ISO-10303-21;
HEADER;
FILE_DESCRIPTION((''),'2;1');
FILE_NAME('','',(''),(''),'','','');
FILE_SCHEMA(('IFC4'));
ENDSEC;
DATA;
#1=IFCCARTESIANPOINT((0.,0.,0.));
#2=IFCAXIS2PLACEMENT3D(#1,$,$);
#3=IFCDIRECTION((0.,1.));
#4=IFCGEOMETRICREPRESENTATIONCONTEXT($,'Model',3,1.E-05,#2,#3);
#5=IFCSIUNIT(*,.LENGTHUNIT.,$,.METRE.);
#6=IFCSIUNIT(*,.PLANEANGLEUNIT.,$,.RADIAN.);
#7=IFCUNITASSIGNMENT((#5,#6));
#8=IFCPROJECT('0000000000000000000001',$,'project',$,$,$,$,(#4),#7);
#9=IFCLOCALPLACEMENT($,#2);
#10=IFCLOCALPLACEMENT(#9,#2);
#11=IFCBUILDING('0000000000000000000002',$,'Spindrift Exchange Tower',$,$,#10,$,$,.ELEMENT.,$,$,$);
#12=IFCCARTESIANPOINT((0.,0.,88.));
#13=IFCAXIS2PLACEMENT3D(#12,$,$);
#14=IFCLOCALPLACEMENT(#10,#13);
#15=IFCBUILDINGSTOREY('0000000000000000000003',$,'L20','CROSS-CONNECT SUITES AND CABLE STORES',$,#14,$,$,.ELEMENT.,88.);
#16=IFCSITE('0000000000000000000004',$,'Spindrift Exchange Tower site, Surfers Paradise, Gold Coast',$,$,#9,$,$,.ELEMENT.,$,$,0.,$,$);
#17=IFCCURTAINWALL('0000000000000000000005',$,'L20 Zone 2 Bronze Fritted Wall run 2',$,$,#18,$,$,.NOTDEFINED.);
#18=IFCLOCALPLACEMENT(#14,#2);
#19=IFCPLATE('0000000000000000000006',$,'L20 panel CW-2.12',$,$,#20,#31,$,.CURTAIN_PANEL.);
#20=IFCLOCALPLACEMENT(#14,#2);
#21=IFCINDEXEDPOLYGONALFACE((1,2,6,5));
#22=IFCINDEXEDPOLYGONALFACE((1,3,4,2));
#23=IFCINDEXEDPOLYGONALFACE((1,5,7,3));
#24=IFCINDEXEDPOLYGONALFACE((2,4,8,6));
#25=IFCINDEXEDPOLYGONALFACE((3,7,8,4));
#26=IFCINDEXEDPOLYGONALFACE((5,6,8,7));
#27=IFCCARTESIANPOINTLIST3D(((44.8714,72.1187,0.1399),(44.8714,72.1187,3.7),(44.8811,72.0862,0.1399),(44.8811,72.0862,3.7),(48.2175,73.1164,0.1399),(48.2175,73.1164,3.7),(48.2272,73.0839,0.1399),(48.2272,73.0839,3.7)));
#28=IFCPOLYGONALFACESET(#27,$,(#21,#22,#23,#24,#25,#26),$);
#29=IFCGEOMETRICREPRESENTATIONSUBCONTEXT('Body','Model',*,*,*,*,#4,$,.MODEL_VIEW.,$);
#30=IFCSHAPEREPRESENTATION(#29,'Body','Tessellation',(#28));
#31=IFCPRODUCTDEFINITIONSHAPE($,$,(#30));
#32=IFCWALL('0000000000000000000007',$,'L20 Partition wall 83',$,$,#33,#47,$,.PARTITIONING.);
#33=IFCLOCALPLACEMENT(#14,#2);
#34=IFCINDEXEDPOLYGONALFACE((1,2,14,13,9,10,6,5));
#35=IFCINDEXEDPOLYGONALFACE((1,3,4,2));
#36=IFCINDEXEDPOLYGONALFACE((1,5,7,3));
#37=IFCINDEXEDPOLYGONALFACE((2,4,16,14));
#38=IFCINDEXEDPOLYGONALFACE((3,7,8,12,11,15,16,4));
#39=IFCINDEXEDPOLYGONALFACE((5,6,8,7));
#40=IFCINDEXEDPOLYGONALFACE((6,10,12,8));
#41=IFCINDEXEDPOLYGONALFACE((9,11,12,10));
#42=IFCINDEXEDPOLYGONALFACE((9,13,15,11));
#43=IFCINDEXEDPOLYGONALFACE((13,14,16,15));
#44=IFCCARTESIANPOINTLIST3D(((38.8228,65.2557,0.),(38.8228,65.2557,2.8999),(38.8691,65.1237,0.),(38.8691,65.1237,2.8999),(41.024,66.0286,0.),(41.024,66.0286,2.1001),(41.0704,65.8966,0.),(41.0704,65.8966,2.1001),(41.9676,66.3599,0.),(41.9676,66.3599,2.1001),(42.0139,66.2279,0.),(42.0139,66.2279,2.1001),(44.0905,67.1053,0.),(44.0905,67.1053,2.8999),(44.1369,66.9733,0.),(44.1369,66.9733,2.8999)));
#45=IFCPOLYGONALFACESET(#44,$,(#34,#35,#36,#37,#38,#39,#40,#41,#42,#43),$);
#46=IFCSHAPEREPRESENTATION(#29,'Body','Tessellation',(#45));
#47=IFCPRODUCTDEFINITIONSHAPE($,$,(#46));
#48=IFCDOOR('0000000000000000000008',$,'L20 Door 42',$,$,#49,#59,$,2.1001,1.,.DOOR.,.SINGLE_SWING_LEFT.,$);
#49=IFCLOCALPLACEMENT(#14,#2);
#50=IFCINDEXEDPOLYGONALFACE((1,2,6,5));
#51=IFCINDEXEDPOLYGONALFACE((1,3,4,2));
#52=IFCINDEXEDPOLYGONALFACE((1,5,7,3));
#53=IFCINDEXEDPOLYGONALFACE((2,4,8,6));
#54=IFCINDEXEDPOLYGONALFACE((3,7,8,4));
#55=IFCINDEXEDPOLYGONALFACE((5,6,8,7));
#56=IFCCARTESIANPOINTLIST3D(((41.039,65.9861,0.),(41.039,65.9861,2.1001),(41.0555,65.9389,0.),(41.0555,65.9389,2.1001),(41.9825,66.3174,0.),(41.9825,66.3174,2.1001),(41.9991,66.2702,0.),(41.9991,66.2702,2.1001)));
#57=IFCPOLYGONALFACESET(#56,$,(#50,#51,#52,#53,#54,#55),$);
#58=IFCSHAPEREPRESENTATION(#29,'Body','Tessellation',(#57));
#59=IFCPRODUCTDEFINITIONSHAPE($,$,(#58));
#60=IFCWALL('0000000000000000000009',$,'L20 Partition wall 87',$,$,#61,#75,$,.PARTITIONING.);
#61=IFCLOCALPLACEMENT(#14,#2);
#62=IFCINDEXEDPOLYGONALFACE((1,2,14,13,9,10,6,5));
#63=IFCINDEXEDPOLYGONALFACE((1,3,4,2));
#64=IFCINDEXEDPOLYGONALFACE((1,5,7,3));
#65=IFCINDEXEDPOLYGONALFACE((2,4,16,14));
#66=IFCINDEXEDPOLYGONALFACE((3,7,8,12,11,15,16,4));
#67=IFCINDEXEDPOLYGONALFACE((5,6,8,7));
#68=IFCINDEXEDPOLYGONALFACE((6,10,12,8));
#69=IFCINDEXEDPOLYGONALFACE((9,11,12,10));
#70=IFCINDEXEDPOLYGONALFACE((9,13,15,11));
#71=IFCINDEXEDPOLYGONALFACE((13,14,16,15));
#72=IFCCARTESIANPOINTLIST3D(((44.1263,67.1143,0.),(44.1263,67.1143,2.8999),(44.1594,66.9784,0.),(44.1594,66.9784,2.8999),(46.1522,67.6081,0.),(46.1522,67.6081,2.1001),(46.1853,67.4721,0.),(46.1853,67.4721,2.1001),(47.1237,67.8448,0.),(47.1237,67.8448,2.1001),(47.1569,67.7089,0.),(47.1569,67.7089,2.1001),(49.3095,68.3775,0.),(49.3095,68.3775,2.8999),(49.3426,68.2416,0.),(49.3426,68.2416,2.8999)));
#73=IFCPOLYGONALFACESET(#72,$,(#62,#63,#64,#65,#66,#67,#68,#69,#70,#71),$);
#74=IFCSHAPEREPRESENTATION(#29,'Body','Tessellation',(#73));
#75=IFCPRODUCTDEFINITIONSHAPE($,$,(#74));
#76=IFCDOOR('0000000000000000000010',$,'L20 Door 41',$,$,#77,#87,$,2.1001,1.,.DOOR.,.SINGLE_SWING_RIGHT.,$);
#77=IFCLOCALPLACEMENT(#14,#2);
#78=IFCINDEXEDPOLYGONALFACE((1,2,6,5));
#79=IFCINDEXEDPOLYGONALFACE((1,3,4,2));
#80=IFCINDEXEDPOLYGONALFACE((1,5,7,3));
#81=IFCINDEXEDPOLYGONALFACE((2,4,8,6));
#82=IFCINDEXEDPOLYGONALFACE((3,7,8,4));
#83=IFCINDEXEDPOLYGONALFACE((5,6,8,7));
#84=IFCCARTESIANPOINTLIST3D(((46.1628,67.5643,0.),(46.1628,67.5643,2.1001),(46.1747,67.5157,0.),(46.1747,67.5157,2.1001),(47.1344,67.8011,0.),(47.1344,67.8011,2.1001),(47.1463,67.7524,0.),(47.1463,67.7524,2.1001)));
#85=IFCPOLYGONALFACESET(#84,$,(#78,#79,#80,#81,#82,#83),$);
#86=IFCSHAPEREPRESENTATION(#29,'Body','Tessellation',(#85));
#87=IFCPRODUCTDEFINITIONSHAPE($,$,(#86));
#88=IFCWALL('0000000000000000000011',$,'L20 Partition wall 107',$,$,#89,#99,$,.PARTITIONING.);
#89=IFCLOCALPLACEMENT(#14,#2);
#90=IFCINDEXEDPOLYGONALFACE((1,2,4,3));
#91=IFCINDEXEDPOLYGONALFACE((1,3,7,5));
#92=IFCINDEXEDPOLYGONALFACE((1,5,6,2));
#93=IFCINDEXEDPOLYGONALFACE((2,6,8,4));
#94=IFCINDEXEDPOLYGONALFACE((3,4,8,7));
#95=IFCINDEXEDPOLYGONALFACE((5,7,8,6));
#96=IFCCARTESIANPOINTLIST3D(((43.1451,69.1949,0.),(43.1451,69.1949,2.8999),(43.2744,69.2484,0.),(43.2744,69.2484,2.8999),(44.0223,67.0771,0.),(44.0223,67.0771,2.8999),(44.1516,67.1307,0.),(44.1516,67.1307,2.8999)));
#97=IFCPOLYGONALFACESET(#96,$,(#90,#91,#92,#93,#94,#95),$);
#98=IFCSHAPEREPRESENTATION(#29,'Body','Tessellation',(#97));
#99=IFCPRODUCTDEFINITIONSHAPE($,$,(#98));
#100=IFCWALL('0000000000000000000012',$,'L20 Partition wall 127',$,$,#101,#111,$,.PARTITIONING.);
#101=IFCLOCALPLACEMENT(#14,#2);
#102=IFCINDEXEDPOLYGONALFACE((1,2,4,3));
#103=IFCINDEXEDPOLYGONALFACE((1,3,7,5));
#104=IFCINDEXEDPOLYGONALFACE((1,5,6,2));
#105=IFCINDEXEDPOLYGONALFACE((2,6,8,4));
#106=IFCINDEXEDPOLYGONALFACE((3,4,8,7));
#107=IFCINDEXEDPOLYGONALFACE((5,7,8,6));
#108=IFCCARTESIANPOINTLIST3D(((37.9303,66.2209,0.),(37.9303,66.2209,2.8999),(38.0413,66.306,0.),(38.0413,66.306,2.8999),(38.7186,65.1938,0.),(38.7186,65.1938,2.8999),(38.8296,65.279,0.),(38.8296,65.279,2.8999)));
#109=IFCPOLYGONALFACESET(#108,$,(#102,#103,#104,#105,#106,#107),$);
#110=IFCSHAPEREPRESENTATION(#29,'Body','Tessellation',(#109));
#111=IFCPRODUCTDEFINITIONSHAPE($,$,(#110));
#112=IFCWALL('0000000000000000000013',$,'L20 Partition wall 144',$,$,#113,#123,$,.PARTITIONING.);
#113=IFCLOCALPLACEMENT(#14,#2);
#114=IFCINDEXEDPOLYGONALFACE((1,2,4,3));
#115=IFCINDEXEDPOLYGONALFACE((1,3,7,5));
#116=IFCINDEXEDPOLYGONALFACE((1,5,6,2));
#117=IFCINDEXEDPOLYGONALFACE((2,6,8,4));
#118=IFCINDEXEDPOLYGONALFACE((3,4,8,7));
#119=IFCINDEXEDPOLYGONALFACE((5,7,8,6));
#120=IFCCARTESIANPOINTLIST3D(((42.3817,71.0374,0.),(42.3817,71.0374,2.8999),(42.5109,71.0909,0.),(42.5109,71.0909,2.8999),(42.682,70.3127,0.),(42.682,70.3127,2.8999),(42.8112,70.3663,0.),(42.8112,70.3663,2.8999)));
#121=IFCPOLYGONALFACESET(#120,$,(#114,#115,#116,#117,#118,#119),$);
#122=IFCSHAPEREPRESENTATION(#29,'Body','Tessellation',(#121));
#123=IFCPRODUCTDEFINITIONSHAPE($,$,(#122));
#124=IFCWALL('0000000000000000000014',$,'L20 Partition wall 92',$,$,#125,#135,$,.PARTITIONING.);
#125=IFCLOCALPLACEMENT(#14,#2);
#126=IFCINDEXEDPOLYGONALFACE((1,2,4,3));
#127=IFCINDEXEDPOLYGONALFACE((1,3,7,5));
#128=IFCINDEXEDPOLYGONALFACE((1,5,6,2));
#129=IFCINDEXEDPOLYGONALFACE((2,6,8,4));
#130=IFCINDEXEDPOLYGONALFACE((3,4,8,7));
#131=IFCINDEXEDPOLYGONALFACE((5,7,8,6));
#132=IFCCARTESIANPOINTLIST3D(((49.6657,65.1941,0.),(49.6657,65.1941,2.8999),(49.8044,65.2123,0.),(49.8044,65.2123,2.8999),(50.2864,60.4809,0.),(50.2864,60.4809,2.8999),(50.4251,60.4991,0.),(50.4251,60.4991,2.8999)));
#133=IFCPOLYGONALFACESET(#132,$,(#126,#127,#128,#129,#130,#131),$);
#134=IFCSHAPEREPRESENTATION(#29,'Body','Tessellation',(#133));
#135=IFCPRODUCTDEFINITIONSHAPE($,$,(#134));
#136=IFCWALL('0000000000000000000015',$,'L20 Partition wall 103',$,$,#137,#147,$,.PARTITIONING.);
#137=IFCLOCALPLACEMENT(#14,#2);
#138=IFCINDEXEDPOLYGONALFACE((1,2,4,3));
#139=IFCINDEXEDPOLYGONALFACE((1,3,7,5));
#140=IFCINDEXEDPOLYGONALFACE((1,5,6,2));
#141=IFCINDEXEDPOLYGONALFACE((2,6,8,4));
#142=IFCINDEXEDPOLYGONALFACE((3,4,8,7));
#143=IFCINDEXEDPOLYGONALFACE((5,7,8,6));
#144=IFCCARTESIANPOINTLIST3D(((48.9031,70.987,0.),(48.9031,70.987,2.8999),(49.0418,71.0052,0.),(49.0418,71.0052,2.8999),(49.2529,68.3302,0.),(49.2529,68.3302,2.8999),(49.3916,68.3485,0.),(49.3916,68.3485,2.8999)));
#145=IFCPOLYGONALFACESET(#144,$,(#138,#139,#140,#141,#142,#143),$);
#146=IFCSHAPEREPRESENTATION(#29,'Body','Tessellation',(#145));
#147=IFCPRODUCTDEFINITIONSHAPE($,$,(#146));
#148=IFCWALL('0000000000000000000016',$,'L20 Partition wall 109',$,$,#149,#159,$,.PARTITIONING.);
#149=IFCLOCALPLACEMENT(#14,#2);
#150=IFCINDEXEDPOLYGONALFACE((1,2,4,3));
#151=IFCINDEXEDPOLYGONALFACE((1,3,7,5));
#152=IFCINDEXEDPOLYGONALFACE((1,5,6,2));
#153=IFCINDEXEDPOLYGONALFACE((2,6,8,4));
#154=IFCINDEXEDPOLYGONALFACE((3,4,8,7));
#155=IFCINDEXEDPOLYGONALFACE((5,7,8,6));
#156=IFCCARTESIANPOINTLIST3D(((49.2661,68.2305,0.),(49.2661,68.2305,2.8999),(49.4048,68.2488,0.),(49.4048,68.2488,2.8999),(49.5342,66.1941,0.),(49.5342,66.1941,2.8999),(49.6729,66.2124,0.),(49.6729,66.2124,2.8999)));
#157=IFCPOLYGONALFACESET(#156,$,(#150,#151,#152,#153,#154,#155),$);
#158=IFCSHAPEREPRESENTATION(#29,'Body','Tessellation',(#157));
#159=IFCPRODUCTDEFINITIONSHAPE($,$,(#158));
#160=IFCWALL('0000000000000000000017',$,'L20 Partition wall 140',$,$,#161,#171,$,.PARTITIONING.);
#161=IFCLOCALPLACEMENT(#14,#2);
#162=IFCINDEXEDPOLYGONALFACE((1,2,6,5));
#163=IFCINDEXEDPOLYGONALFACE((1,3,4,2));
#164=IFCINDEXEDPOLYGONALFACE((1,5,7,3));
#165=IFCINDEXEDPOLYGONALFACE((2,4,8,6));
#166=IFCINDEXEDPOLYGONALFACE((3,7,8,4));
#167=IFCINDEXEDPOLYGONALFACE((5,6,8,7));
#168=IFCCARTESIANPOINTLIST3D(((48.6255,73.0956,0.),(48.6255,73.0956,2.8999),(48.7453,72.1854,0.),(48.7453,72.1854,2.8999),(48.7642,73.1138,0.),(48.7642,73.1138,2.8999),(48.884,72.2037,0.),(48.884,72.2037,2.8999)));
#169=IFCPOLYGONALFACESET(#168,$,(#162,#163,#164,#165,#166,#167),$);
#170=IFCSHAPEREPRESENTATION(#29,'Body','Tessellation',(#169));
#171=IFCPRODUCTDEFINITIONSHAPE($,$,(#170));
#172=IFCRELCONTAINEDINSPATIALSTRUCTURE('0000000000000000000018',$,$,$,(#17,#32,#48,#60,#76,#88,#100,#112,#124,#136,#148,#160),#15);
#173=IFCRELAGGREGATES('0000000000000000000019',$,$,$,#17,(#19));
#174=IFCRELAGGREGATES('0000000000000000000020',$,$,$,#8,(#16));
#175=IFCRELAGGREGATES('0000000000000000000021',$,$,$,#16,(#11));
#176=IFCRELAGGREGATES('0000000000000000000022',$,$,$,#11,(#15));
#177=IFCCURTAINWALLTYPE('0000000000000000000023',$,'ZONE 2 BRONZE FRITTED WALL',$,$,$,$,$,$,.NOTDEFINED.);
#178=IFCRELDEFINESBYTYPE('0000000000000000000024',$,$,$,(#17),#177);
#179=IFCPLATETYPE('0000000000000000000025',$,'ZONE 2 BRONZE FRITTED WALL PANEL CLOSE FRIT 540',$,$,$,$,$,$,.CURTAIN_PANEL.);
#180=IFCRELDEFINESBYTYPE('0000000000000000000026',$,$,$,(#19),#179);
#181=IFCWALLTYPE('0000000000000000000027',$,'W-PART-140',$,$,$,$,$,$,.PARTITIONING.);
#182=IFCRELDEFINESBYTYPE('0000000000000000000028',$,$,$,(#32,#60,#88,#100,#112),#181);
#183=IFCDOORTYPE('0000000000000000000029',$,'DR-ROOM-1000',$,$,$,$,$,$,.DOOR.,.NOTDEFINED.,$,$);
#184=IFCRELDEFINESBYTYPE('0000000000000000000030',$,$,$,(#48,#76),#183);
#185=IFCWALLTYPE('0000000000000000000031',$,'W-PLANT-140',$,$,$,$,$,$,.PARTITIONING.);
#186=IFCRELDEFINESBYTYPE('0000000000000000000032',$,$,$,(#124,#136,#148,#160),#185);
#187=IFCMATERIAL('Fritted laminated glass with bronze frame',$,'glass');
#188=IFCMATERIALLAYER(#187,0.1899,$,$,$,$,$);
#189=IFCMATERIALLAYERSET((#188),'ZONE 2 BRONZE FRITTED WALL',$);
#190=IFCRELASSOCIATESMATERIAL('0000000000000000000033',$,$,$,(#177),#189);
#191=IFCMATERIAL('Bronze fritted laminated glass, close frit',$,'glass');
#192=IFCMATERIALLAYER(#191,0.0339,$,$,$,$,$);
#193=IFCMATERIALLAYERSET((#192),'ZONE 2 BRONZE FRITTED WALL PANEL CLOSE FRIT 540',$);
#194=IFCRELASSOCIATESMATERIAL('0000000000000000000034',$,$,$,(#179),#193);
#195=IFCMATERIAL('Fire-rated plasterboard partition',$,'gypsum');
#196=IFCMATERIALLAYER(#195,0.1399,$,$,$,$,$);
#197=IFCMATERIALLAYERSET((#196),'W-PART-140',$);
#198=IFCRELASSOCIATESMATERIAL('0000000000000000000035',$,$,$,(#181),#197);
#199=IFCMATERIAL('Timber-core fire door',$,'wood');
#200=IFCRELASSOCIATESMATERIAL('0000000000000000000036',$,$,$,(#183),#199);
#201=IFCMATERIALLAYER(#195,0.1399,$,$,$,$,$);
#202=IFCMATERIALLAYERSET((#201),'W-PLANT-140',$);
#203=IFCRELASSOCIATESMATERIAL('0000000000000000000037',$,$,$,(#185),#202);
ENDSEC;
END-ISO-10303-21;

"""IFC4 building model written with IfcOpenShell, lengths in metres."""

from ifc_helpers import new_model, si_unit, direction, frame, frame_2d, origin, origin_2d, place, context, subcontext, project, spatial, rectangle, extrude, source, transform, mapped, material, layer, layer_set, type_object, element, fill, aggregate, save


model = new_model("IFC4")

# Units and contexts
model_context = context("Model", 3, precision=1e-05, world=origin(), true_north=direction((0.0, 1.0)))
body_context = subcontext(model_context, "Body", "Model", "MODEL_VIEW")
ifc_project = project(units=[si_unit("LENGTHUNIT", "METRE"), si_unit("PLANEANGLEUNIT", "RADIAN")], contexts=[model_context])

# Site, building, storey
site_placement = place(None, origin())
site = spatial("IfcSite", under=ifc_project, at=site_placement, Name="Spindrift Exchange Tower site, Surfers Paradise, Gold Coast", CompositionType="ELEMENT", RefElevation=0.0)
building_placement = place(site_placement, origin())
building = spatial("IfcBuilding", under=site, at=building_placement, Name="Spindrift Exchange Tower", CompositionType="ELEMENT")
storey_placement = place(building_placement, frame((0.0, 0.0, 88.0)))
storey = spatial("IfcBuildingStorey", under=building, at=storey_placement, Name="L20", Description="CROSS-CONNECT SUITES AND CABLE STORES", CompositionType="ELEMENT", Elevation=88.0)

# Curtain wall
ifc_material_1 = material(Name="Fritted laminated glass with bronze frame", Category="glass")
ifc_layer_1 = layer(ifc_material_1, 0.1899)
ifc_layer_set_1 = layer_set([ifc_layer_1], Name="ZONE 2 BRONZE FRITTED WALL")
curtain_wall_type = type_object("IfcCurtainWallType", Name="ZONE 2 BRONZE FRITTED WALL", PredefinedType="NOTDEFINED", material=ifc_layer_set_1)
curtain_wall_1_placement = place(storey_placement, origin())
curtain_wall_1 = element("IfcCurtainWall", 1, at=curtain_wall_1_placement, inside=storey, type_object=curtain_wall_type, Name="L20 Zone 2 Bronze Fritted Wall run 2", PredefinedType="NOTDEFINED")

# Plate
ifc_material_2 = material(Name="Bronze fritted laminated glass, close frit", Category="glass")
ifc_layer_2 = layer(ifc_material_2, 0.0339)
ifc_layer_set_2 = layer_set([ifc_layer_2], Name="ZONE 2 BRONZE FRITTED WALL PANEL CLOSE FRIT 540")
plate_type_1 = type_object("IfcPlateType", Name="ZONE 2 BRONZE FRITTED WALL PANEL CLOSE FRIT 540", PredefinedType="CURTAIN_PANEL", material=ifc_layer_set_2)
shared_shape_1 = source(origin(), body_context, "Body", "SweptSolid", [
    extrude(rectangle(XDim=3.4917, YDim=0.0339, at=origin_2d()), origin(), (0.0, 0.0, 1.0), 3.5601),
])
plate_1_placement = place(storey_placement, frame((46.5493, 72.6013, 0.1399), z_axis=(0.0, 0.0, 1.0), x_axis=(-0.958309, -0.285735, 0.0)))
plate_1 = element("IfcPlate", 2, at=plate_1_placement, type_object=plate_type_1, Name="L20 panel CW-2.12", PredefinedType="CURTAIN_PANEL", context=body_context, shape_type="MappedRepresentation", body=[
    mapped(shared_shape_1, transform((0.0, 0.0, 0.0), scale=1.0)),
])
aggregate(curtain_wall_1, [plate_1])

# Walls, openings, doors
ifc_material_3 = material(Name="Fire-rated plasterboard partition", Category="gypsum")
ifc_layer_3 = layer(ifc_material_3, 0.1399)
ifc_layer_set_3 = layer_set([ifc_layer_3], Name="W-PART-140")
wall_type_1 = type_object("IfcWallType", Name="W-PART-140", PredefinedType="PARTITIONING", material=ifc_layer_set_3)
wall_1_placement = place(storey_placement, frame((38.8459, 65.1897, 0.0), z_axis=(0.0, 0.0, 1.0), x_axis=(0.94353, 0.331287, 0.0)))
wall_1 = element("IfcWall", 3, at=wall_1_placement, inside=storey, type_object=wall_type_1, Name="L20 Partition wall 83", PredefinedType="PARTITIONING", context=body_context, shape_type="SweptSolid", body=[
    extrude(rectangle(XDim=5.583, YDim=0.1399, at=frame_2d((2.7915, 0.0))), origin(), (0.0, 0.0, 1.0), 2.8999),
])
opening_1_placement = place(wall_1_placement, frame((2.333, 0.0, 0.0)))
opening_1 = element("IfcOpeningElement", 4, at=opening_1_placement, cuts=wall_1, PredefinedType="OPENING", context=body_context, shape_type="SweptSolid", body=[
    extrude(rectangle(XDim=1.0, YDim=2.1001, at=frame_2d((0.5, 1.05))), frame((0.0, 0.0798, 0.0), z_axis=(0.0, -1.0, 0.0), x_axis=(1.0, 0.0, 0.0)), (0.0, 0.0, 1.0), 0.1599),
])
ifc_material_4 = material(Name="Timber-core fire door", Category="wood")
door_type = type_object("IfcDoorType", Name="DR-ROOM-1000", OperationType="NOTDEFINED", PredefinedType="DOOR", material=ifc_material_4)
shared_shape_2 = source(origin(), body_context, "Body", "SweptSolid", [
    extrude(rectangle(XDim=1.0, YDim=2.1001, at=frame_2d((0.5, 1.05))), frame((0.0, 0.0249, 0.0), z_axis=(0.0, -1.0, 0.0), x_axis=(1.0, 0.0, 0.0)), (0.0, 0.0, 1.0), 0.05),
])
door_1_placement = place(opening_1_placement, origin())
door_1 = element("IfcDoor", 5, at=door_1_placement, inside=storey, type_object=door_type, Name="L20 Door 42", OperationType="SINGLE_SWING_LEFT", OverallHeight=2.1001, OverallWidth=1.0, PredefinedType="DOOR", context=body_context, shape_type="MappedRepresentation", body=[
    mapped(shared_shape_2, transform((0.0, 0.0, 0.0), scale=1.0)),
])
fill(opening_1, door_1)
wall_2_placement = place(storey_placement, frame((44.1428, 67.0464, 0.0), z_axis=(0.0, 0.0, 1.0), x_axis=(0.971566, 0.236771, 0.0)))
wall_2 = element("IfcWall", 6, at=wall_2_placement, inside=storey, type_object=wall_type_1, Name="L20 Partition wall 87", PredefinedType="PARTITIONING", context=body_context, shape_type="SweptSolid", body=[
    extrude(rectangle(XDim=5.335, YDim=0.1399, at=frame_2d((2.6675, 0.0))), origin(), (0.0, 0.0, 1.0), 2.8999),
])
opening_2_placement = place(wall_2_placement, frame((2.0852, 0.0, 0.0)))
opening_2 = element("IfcOpeningElement", 7, at=opening_2_placement, cuts=wall_2, PredefinedType="OPENING", context=body_context, shape_type="SweptSolid", body=[
    extrude(rectangle(XDim=1.0, YDim=2.1001, at=frame_2d((0.5, 1.05))), frame((0.0, 0.0798, 0.0), z_axis=(0.0, -1.0, 0.0), x_axis=(1.0, 0.0, 0.0)), (0.0, 0.0, 1.0), 0.1599),
])
door_2_placement = place(opening_2_placement, origin())
door_2 = element("IfcDoor", 8, at=door_2_placement, inside=storey, type_object=door_type, Name="L20 Door 41", OperationType="SINGLE_SWING_RIGHT", OverallHeight=2.1001, OverallWidth=1.0, PredefinedType="DOOR", context=body_context, shape_type="MappedRepresentation", body=[
    mapped(shared_shape_2, transform((0.0, 0.0, 0.0), scale=1.0)),
])
fill(opening_2, door_2)

# Walls
wall_3_placement = place(storey_placement, frame((44.0869, 67.104, 0.0), z_axis=(0.0, 0.0, 1.0), x_axis=(-0.382694, 0.923875, 0.0)))
element("IfcWall", 9, at=wall_3_placement, inside=storey, type_object=wall_type_1, Name="L20 Partition wall 107", PredefinedType="PARTITIONING", context=body_context, shape_type="SweptSolid", body=[
    extrude(rectangle(XDim=2.2922, YDim=0.1399, at=frame_2d((1.146, 0.0))), origin(), (0.0, 0.0, 1.0), 2.8999),
])
wall_4_placement = place(storey_placement, frame((38.7742, 65.2363, 0.0), z_axis=(0.0, 0.0, 1.0), x_axis=(-0.608863, 0.793275, 0.0)))
element("IfcWall", 10, at=wall_4_placement, inside=storey, type_object=wall_type_1, Name="L20 Partition wall 127", PredefinedType="PARTITIONING", context=body_context, shape_type="SweptSolid", body=[
    extrude(rectangle(XDim=1.2947, YDim=0.1399, at=frame_2d((0.6475, 0.0))), origin(), (0.0, 0.0, 1.0), 2.8999),
])
wall_5_placement = place(storey_placement, frame((42.7466, 70.3396, 0.0), z_axis=(0.0, 0.0, 1.0), x_axis=(-0.382847, 0.923812, 0.0)))
element("IfcWall", 11, at=wall_5_placement, inside=storey, type_object=wall_type_1, Name="L20 Partition wall 144", PredefinedType="PARTITIONING", context=body_context, shape_type="SweptSolid", body=[
    extrude(rectangle(XDim=0.7844, YDim=0.1399, at=frame_2d((0.3921, 0.0))), origin(), (0.0, 0.0, 1.0), 2.8999),
])
ifc_layer_4 = layer(ifc_material_3, 0.1399)
ifc_layer_set_4 = layer_set([ifc_layer_4], Name="W-PLANT-140")
wall_type_2 = type_object("IfcWallType", Name="W-PLANT-140", PredefinedType="PARTITIONING", material=ifc_layer_set_4)
wall_6_placement = place(storey_placement, frame((50.3557, 60.49, 0.0), z_axis=(0.0, 0.0, 1.0), x_axis=(-0.130549, 0.991442, 0.0)))
element("IfcWall", 12, at=wall_6_placement, inside=storey, type_object=wall_type_2, Name="L20 Partition wall 92", PredefinedType="PARTITIONING", context=body_context, shape_type="SweptSolid", body=[
    extrude(rectangle(XDim=4.7539, YDim=0.1399, at=frame_2d((2.377, 0.0))), origin(), (0.0, 0.0, 1.0), 2.8999),
])
wall_7_placement = place(storey_placement, frame((49.3223, 68.3394, 0.0), z_axis=(0.0, 0.0, 1.0), x_axis=(-0.130558, 0.991441, 0.0)))
element("IfcWall", 13, at=wall_7_placement, inside=storey, type_object=wall_type_2, Name="L20 Partition wall 103", PredefinedType="PARTITIONING", context=body_context, shape_type="SweptSolid", body=[
    extrude(rectangle(XDim=2.6797, YDim=0.1399, at=frame_2d((1.3398, 0.0))), origin(), (0.0, 0.0, 1.0), 2.8999),
])
wall_8_placement = place(storey_placement, frame((49.6035, 66.2034, 0.0), z_axis=(0.0, 0.0, 1.0), x_axis=(-0.130513, 0.991447, 0.0)))
element("IfcWall", 14, at=wall_8_placement, inside=storey, type_object=wall_type_2, Name="L20 Partition wall 109", PredefinedType="PARTITIONING", context=body_context, shape_type="SweptSolid", body=[
    extrude(rectangle(XDim=2.054, YDim=0.1399, at=frame_2d((1.0269, 0.0))), origin(), (0.0, 0.0, 1.0), 2.8999),
])
wall_9_placement = place(storey_placement, frame((48.8147, 72.1946, 0.0), z_axis=(0.0, 0.0, 1.0), x_axis=(-0.130578, 0.991438, 0.0)))
element("IfcWall", 15, at=wall_9_placement, inside=storey, type_object=wall_type_2, Name="L20 Partition wall 140", PredefinedType="PARTITIONING", context=body_context, shape_type="SweptSolid", body=[
    extrude(rectangle(XDim=0.918, YDim=0.1399, at=frame_2d((0.459, 0.0))), origin(), (0.0, 0.0, 1.0), 2.8999),
])

save(model, "model.ifc")
